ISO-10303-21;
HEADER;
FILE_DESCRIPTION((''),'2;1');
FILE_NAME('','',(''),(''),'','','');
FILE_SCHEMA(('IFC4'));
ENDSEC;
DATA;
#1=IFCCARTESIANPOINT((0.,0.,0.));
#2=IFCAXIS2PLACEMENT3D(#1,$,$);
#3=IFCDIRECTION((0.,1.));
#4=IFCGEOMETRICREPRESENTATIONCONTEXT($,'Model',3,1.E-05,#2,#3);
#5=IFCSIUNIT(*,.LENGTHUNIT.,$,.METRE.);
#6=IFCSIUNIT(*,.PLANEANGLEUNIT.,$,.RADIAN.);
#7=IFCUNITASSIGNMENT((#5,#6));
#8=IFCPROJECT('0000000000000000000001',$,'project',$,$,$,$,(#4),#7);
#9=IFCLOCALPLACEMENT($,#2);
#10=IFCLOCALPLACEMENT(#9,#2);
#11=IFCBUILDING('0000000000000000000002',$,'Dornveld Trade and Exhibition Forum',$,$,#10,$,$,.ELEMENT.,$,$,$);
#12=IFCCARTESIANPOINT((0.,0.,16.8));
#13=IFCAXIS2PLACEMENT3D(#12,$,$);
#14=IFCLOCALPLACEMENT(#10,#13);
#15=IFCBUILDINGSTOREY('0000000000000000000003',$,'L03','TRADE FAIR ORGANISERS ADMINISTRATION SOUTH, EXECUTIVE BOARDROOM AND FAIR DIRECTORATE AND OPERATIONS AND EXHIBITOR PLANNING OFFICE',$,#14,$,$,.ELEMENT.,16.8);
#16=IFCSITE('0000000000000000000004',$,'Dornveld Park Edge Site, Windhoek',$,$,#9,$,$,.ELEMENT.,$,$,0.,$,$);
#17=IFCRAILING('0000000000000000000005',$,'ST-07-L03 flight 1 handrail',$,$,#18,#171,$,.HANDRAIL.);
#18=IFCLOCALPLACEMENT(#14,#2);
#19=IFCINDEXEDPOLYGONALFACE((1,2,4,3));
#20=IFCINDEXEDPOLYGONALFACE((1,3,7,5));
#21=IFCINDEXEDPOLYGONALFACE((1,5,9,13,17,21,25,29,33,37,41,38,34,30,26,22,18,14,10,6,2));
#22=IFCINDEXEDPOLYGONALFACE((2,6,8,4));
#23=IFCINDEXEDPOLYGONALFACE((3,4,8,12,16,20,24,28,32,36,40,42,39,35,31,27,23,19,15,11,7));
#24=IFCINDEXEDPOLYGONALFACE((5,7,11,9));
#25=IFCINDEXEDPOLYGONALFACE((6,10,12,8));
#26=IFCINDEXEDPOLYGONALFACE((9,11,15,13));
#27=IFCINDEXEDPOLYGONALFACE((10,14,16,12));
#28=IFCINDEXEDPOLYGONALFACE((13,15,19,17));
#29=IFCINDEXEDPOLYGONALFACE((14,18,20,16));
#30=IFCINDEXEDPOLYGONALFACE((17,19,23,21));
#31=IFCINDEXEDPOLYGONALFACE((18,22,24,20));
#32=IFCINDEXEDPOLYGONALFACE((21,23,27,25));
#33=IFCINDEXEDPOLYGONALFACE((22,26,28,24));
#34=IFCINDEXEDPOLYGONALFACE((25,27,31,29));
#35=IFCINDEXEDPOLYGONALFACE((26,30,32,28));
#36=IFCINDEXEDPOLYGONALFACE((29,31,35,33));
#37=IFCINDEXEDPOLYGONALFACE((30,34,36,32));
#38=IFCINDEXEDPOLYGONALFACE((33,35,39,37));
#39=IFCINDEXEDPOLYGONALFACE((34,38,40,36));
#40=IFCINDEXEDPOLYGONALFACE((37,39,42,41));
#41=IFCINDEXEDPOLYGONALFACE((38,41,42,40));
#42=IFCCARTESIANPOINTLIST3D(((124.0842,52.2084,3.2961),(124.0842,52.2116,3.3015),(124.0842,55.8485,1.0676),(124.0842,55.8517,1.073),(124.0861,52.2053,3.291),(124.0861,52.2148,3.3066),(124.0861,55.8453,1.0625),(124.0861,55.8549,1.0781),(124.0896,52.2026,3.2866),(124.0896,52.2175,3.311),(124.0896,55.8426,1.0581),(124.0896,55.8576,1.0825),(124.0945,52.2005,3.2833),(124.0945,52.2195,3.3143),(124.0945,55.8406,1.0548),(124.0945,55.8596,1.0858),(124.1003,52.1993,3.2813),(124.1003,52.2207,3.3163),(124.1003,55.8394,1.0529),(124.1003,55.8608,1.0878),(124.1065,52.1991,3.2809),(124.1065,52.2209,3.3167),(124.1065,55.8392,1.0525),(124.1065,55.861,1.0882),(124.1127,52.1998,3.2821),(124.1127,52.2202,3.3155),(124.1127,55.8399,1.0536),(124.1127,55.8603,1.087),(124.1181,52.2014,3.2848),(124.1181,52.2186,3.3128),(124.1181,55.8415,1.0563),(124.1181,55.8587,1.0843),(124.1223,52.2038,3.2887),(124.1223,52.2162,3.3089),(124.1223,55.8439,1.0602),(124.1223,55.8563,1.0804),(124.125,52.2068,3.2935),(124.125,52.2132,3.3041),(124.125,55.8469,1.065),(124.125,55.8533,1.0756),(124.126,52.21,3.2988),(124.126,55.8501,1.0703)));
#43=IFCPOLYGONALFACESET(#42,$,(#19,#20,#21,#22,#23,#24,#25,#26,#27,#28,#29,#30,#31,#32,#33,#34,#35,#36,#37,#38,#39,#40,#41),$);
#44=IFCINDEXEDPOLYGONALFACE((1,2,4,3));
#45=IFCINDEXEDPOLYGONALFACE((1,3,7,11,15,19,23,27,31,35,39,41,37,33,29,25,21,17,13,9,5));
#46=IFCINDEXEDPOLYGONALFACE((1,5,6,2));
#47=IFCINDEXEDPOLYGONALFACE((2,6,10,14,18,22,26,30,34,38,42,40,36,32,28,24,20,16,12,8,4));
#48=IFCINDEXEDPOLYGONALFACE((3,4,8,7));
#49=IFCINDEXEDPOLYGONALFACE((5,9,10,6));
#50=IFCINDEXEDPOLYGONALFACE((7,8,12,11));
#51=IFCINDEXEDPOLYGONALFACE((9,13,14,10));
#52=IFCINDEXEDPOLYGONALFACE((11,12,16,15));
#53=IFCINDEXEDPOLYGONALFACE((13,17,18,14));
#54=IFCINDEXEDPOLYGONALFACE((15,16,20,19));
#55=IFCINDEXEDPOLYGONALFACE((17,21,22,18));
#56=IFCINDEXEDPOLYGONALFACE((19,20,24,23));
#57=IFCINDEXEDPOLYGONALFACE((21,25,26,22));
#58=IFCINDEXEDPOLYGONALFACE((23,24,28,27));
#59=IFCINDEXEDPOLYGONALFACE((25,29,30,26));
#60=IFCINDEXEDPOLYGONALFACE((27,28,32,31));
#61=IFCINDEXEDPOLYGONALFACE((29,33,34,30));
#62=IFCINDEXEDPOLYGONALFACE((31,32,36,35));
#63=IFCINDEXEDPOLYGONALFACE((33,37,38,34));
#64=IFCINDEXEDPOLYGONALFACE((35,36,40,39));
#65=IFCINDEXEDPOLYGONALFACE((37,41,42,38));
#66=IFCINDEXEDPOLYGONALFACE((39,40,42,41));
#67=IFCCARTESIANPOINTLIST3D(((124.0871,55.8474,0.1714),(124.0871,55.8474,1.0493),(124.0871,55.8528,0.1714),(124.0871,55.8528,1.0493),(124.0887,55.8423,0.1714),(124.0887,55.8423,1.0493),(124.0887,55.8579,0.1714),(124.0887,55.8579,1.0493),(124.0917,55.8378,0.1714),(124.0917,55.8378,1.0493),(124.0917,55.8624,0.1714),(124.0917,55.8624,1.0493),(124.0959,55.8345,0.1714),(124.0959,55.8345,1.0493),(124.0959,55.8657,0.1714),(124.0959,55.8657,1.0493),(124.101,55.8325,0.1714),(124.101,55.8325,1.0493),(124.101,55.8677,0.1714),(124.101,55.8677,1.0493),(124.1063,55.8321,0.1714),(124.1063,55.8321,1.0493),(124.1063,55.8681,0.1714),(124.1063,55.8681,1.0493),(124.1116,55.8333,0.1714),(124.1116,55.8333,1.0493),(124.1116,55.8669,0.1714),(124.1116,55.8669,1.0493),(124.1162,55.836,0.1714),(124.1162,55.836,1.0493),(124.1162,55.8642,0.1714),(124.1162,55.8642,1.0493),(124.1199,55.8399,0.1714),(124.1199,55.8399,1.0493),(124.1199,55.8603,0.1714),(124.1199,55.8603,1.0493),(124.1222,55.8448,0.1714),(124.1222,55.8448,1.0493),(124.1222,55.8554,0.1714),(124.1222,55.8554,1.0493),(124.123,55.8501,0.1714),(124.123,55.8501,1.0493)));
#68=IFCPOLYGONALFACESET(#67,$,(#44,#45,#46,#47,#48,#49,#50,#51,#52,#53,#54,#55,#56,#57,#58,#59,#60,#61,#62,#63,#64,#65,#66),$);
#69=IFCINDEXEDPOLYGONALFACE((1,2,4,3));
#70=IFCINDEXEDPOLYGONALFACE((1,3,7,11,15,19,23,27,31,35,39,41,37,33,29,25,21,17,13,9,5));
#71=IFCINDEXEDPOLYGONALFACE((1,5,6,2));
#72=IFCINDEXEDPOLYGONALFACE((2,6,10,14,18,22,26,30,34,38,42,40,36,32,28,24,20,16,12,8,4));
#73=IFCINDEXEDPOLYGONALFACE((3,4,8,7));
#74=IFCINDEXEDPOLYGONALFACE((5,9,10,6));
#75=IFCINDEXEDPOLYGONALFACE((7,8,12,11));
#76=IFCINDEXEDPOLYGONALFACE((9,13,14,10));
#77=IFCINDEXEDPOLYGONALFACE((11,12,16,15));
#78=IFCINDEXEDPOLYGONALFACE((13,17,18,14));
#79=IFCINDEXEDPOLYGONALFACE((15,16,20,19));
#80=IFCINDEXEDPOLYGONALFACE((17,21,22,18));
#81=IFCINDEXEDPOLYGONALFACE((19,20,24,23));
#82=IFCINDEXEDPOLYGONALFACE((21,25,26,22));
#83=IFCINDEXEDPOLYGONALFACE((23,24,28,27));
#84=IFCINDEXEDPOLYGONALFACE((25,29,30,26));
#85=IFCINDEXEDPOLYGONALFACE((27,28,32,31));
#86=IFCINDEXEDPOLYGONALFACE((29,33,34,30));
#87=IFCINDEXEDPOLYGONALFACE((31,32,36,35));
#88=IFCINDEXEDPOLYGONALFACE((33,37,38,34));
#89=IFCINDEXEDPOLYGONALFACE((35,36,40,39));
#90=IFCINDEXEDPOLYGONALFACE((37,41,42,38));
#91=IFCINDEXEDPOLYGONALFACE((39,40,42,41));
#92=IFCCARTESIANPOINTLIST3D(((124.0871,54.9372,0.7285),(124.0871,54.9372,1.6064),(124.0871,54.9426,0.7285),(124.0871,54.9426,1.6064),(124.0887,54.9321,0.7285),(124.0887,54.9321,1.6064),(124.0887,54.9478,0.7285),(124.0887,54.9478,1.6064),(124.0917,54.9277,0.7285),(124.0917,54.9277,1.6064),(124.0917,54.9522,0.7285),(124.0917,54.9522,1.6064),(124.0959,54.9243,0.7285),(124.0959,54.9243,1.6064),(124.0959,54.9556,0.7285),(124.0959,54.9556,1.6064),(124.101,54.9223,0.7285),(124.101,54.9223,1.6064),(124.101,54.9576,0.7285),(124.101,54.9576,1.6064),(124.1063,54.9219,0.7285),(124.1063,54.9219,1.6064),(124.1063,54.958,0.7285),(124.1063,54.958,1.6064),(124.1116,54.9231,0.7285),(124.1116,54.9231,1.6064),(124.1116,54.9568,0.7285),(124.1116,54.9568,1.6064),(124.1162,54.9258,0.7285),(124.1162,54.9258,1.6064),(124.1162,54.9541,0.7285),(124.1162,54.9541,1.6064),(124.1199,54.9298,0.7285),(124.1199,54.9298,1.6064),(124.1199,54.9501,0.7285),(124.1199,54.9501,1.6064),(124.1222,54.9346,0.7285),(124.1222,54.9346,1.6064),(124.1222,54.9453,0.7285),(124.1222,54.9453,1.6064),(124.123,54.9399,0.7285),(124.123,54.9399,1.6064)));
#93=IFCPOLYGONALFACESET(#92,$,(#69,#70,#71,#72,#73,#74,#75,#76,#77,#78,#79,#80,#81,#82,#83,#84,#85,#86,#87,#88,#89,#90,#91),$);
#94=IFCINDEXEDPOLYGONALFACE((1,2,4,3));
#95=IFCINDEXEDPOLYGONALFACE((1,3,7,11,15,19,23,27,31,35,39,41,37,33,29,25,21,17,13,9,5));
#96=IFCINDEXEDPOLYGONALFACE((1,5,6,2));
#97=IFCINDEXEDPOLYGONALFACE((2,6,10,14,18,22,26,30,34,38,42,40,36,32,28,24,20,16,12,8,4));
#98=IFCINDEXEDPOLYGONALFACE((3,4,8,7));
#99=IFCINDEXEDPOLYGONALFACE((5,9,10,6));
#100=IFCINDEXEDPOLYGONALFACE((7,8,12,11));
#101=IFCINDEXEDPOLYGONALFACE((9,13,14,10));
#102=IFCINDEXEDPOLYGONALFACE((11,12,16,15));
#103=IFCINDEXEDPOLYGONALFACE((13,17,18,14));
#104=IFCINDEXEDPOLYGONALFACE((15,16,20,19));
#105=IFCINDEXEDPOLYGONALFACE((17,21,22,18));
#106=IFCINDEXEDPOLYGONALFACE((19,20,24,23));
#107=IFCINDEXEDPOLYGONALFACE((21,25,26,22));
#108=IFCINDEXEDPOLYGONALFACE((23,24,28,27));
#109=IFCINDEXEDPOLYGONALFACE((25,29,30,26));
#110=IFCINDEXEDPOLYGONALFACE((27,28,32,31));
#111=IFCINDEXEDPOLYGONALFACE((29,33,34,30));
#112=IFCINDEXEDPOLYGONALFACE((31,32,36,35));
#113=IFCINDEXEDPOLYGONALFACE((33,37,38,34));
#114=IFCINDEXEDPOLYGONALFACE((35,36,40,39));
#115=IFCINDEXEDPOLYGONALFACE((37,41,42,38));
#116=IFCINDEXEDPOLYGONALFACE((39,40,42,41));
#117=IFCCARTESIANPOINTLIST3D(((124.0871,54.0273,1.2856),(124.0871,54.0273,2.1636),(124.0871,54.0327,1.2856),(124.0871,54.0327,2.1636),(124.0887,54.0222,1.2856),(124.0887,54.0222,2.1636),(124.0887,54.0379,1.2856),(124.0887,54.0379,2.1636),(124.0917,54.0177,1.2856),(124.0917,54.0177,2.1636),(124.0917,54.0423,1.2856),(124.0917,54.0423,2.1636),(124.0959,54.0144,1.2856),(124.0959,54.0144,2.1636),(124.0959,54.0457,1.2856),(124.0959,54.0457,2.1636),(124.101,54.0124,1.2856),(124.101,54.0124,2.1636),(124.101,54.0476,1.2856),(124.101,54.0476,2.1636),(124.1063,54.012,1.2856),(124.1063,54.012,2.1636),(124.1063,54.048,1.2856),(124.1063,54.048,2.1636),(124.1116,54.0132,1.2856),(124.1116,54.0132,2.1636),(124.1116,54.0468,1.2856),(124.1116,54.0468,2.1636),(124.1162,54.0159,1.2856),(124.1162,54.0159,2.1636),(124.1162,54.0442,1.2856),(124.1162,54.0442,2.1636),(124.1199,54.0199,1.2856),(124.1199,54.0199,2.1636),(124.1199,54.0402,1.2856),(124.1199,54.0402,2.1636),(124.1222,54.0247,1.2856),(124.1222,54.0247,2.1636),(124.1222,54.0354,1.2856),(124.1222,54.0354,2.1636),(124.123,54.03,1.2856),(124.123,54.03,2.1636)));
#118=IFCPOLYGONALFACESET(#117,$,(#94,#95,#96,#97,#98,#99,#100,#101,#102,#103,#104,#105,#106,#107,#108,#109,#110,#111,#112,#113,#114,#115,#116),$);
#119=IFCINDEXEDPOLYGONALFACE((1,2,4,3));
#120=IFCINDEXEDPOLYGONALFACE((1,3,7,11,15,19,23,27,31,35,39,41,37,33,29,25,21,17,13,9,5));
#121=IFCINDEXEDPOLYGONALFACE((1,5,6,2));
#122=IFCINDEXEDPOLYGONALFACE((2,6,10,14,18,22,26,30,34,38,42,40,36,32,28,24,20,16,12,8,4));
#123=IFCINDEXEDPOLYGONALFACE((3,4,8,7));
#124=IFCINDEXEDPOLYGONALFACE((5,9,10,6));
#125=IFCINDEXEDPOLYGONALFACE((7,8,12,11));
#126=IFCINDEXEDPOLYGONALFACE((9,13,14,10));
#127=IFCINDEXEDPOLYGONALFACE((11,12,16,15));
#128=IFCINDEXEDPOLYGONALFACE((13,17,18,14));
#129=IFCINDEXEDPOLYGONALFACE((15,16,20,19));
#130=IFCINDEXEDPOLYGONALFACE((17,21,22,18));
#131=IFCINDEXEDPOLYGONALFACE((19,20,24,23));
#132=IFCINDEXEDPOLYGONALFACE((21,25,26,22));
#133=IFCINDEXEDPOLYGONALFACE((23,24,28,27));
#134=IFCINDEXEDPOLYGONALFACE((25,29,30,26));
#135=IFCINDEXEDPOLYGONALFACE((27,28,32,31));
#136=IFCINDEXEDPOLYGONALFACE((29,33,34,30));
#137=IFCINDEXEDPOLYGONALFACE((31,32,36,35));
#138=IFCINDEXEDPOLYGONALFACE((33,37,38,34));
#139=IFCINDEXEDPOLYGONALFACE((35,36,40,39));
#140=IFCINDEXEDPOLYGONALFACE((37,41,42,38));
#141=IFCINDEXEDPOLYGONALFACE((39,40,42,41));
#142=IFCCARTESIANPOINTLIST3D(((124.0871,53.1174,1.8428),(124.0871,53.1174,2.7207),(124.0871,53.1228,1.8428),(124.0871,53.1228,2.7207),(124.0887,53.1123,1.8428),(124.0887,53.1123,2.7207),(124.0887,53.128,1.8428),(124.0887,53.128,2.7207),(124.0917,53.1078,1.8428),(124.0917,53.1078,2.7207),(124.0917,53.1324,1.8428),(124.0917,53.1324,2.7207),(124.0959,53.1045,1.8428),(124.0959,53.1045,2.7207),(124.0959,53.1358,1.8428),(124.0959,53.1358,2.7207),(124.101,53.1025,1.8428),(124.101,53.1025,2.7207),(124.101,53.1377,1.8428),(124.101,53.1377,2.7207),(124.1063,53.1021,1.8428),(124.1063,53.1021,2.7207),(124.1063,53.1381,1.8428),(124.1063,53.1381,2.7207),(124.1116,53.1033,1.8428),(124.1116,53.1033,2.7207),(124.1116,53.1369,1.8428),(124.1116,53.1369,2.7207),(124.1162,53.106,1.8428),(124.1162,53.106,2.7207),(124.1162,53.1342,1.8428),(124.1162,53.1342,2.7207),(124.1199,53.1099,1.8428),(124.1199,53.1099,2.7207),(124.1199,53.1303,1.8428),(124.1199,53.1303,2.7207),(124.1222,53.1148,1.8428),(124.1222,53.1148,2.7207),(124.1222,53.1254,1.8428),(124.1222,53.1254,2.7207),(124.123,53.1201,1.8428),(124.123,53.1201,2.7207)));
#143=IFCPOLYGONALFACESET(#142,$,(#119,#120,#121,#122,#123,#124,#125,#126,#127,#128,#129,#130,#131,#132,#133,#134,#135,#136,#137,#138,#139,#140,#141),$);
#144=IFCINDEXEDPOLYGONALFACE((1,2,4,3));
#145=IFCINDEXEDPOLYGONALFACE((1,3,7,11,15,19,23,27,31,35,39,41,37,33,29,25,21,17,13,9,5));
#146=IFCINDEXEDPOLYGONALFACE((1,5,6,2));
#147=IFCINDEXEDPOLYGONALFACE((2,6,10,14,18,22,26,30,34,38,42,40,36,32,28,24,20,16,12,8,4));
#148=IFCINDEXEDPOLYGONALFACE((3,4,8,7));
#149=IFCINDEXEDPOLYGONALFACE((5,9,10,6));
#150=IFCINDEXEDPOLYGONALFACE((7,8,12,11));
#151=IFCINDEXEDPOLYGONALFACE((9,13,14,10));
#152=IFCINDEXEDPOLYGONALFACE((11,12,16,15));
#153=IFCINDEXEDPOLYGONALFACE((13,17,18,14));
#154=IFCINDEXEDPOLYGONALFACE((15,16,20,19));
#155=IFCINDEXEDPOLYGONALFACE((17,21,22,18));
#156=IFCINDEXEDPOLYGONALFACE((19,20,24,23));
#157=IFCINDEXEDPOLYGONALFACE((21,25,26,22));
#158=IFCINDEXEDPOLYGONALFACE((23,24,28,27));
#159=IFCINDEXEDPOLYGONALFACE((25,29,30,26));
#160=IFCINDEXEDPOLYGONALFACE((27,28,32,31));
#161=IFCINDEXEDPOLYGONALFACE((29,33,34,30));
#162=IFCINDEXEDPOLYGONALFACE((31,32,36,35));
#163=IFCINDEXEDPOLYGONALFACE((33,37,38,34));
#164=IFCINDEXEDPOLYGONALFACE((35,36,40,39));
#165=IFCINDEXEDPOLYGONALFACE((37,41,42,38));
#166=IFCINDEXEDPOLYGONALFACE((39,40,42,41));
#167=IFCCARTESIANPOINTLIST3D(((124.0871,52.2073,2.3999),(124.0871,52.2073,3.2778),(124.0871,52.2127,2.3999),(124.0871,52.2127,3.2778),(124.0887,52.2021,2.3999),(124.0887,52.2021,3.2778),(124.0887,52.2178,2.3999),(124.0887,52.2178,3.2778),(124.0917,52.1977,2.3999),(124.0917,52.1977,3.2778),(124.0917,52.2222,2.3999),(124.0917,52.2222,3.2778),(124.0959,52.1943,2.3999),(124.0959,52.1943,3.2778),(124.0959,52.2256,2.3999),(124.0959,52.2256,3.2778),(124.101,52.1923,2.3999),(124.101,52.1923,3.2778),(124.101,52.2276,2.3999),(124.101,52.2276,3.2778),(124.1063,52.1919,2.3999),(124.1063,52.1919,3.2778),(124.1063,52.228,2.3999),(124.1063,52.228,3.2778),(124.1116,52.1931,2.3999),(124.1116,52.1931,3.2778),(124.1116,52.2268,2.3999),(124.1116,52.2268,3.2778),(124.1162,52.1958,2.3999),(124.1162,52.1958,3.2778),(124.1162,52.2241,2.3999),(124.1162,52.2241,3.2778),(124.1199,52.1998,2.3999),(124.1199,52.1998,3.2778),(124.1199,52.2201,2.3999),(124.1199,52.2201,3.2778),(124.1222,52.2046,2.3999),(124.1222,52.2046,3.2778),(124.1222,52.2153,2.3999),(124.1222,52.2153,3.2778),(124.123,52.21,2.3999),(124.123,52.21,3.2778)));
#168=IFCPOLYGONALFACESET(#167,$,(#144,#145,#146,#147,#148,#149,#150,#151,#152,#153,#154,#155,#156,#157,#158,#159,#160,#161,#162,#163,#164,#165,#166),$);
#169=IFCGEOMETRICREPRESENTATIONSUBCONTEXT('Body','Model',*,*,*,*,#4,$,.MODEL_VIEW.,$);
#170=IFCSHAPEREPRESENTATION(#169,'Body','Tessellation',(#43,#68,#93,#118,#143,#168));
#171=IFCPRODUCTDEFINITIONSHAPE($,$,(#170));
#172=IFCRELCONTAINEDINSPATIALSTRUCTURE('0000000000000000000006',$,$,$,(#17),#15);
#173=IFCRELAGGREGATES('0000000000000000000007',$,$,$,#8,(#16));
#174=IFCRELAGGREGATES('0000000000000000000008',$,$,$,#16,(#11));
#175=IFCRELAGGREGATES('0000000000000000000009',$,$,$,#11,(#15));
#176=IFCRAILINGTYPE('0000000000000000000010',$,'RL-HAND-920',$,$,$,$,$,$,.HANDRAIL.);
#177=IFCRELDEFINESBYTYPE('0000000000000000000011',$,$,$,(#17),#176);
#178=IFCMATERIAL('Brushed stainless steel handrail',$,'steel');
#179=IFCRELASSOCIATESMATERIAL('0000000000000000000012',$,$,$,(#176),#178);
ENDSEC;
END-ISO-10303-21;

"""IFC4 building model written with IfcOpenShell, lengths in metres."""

from ifc_helpers import new_model, si_unit, direction, frame, origin, origin_2d, place, context, subcontext, project, spatial, circle, extrude, material, type_object, element, save


model = new_model("IFC4")

# Units and contexts
model_context = context("Model", 3, precision=1e-05, world=origin(), true_north=direction((0.0, 1.0)))
body_context = subcontext(model_context, "Body", "Model", "MODEL_VIEW")
ifc_project = project(units=[si_unit("LENGTHUNIT", "METRE"), si_unit("PLANEANGLEUNIT", "RADIAN")], contexts=[model_context])

# Site, building, storey
site_placement = place(None, origin())
site = spatial("IfcSite", under=ifc_project, at=site_placement, Name="Dornveld Park Edge Site, Windhoek", CompositionType="ELEMENT", RefElevation=0.0)
building_placement = place(site_placement, origin())
building = spatial("IfcBuilding", under=site, at=building_placement, Name="Dornveld Trade and Exhibition Forum", CompositionType="ELEMENT")
storey_placement = place(building_placement, frame((0.0, 0.0, 16.8)))
storey = spatial("IfcBuildingStorey", under=building, at=storey_placement, Name="L03", Description="TRADE FAIR ORGANISERS ADMINISTRATION SOUTH, EXECUTIVE BOARDROOM AND FAIR DIRECTORATE AND OPERATIONS AND EXHIBITOR PLANNING OFFICE", CompositionType="ELEMENT", Elevation=16.8)

# Railing
ifc_material_1 = material(Name="Brushed stainless steel handrail", Category="steel")
railing_type_1 = type_object("IfcRailingType", Name="RL-HAND-920", PredefinedType="HANDRAIL", material=ifc_material_1)
railing_1_placement = place(storey_placement, frame((124.105, 55.8501, 0.1714)))
element("IfcRailing", 1, at=railing_1_placement, inside=storey, type_object=railing_type_1, Name="ST-07-L03 flight 1 handrail", PredefinedType="HANDRAIL", context=body_context, shape_type="SweptSolid", body=[
    extrude(circle(Radius=0.021, at=origin_2d()), frame((0.0, 0.0, 0.8989), z_axis=(0.0, -0.852866, 0.52213), x_axis=(1.0, 0.0, 0.0)), (0.0, 0.0, 1.0), 4.2681),
    extrude(circle(Radius=0.0181, at=origin_2d()), origin(), (0.0, 0.0, 1.0), 0.8779),
    extrude(circle(Radius=0.0181, at=origin_2d()), frame((0.0, -0.9102, 0.5571)), (0.0, 0.0, 1.0), 0.8779),
    extrude(circle(Radius=0.0181, at=origin_2d()), frame((0.0, -1.8201, 1.1143)), (0.0, 0.0, 1.0), 0.8779),
    extrude(circle(Radius=0.0181, at=origin_2d()), frame((0.0, -2.73, 1.6714)), (0.0, 0.0, 1.0), 0.8779),
    extrude(circle(Radius=0.0181, at=origin_2d()), frame((0.0, -3.6401, 2.2285)), (0.0, 0.0, 1.0), 0.8779),
])

save(model, "model.ifc")
